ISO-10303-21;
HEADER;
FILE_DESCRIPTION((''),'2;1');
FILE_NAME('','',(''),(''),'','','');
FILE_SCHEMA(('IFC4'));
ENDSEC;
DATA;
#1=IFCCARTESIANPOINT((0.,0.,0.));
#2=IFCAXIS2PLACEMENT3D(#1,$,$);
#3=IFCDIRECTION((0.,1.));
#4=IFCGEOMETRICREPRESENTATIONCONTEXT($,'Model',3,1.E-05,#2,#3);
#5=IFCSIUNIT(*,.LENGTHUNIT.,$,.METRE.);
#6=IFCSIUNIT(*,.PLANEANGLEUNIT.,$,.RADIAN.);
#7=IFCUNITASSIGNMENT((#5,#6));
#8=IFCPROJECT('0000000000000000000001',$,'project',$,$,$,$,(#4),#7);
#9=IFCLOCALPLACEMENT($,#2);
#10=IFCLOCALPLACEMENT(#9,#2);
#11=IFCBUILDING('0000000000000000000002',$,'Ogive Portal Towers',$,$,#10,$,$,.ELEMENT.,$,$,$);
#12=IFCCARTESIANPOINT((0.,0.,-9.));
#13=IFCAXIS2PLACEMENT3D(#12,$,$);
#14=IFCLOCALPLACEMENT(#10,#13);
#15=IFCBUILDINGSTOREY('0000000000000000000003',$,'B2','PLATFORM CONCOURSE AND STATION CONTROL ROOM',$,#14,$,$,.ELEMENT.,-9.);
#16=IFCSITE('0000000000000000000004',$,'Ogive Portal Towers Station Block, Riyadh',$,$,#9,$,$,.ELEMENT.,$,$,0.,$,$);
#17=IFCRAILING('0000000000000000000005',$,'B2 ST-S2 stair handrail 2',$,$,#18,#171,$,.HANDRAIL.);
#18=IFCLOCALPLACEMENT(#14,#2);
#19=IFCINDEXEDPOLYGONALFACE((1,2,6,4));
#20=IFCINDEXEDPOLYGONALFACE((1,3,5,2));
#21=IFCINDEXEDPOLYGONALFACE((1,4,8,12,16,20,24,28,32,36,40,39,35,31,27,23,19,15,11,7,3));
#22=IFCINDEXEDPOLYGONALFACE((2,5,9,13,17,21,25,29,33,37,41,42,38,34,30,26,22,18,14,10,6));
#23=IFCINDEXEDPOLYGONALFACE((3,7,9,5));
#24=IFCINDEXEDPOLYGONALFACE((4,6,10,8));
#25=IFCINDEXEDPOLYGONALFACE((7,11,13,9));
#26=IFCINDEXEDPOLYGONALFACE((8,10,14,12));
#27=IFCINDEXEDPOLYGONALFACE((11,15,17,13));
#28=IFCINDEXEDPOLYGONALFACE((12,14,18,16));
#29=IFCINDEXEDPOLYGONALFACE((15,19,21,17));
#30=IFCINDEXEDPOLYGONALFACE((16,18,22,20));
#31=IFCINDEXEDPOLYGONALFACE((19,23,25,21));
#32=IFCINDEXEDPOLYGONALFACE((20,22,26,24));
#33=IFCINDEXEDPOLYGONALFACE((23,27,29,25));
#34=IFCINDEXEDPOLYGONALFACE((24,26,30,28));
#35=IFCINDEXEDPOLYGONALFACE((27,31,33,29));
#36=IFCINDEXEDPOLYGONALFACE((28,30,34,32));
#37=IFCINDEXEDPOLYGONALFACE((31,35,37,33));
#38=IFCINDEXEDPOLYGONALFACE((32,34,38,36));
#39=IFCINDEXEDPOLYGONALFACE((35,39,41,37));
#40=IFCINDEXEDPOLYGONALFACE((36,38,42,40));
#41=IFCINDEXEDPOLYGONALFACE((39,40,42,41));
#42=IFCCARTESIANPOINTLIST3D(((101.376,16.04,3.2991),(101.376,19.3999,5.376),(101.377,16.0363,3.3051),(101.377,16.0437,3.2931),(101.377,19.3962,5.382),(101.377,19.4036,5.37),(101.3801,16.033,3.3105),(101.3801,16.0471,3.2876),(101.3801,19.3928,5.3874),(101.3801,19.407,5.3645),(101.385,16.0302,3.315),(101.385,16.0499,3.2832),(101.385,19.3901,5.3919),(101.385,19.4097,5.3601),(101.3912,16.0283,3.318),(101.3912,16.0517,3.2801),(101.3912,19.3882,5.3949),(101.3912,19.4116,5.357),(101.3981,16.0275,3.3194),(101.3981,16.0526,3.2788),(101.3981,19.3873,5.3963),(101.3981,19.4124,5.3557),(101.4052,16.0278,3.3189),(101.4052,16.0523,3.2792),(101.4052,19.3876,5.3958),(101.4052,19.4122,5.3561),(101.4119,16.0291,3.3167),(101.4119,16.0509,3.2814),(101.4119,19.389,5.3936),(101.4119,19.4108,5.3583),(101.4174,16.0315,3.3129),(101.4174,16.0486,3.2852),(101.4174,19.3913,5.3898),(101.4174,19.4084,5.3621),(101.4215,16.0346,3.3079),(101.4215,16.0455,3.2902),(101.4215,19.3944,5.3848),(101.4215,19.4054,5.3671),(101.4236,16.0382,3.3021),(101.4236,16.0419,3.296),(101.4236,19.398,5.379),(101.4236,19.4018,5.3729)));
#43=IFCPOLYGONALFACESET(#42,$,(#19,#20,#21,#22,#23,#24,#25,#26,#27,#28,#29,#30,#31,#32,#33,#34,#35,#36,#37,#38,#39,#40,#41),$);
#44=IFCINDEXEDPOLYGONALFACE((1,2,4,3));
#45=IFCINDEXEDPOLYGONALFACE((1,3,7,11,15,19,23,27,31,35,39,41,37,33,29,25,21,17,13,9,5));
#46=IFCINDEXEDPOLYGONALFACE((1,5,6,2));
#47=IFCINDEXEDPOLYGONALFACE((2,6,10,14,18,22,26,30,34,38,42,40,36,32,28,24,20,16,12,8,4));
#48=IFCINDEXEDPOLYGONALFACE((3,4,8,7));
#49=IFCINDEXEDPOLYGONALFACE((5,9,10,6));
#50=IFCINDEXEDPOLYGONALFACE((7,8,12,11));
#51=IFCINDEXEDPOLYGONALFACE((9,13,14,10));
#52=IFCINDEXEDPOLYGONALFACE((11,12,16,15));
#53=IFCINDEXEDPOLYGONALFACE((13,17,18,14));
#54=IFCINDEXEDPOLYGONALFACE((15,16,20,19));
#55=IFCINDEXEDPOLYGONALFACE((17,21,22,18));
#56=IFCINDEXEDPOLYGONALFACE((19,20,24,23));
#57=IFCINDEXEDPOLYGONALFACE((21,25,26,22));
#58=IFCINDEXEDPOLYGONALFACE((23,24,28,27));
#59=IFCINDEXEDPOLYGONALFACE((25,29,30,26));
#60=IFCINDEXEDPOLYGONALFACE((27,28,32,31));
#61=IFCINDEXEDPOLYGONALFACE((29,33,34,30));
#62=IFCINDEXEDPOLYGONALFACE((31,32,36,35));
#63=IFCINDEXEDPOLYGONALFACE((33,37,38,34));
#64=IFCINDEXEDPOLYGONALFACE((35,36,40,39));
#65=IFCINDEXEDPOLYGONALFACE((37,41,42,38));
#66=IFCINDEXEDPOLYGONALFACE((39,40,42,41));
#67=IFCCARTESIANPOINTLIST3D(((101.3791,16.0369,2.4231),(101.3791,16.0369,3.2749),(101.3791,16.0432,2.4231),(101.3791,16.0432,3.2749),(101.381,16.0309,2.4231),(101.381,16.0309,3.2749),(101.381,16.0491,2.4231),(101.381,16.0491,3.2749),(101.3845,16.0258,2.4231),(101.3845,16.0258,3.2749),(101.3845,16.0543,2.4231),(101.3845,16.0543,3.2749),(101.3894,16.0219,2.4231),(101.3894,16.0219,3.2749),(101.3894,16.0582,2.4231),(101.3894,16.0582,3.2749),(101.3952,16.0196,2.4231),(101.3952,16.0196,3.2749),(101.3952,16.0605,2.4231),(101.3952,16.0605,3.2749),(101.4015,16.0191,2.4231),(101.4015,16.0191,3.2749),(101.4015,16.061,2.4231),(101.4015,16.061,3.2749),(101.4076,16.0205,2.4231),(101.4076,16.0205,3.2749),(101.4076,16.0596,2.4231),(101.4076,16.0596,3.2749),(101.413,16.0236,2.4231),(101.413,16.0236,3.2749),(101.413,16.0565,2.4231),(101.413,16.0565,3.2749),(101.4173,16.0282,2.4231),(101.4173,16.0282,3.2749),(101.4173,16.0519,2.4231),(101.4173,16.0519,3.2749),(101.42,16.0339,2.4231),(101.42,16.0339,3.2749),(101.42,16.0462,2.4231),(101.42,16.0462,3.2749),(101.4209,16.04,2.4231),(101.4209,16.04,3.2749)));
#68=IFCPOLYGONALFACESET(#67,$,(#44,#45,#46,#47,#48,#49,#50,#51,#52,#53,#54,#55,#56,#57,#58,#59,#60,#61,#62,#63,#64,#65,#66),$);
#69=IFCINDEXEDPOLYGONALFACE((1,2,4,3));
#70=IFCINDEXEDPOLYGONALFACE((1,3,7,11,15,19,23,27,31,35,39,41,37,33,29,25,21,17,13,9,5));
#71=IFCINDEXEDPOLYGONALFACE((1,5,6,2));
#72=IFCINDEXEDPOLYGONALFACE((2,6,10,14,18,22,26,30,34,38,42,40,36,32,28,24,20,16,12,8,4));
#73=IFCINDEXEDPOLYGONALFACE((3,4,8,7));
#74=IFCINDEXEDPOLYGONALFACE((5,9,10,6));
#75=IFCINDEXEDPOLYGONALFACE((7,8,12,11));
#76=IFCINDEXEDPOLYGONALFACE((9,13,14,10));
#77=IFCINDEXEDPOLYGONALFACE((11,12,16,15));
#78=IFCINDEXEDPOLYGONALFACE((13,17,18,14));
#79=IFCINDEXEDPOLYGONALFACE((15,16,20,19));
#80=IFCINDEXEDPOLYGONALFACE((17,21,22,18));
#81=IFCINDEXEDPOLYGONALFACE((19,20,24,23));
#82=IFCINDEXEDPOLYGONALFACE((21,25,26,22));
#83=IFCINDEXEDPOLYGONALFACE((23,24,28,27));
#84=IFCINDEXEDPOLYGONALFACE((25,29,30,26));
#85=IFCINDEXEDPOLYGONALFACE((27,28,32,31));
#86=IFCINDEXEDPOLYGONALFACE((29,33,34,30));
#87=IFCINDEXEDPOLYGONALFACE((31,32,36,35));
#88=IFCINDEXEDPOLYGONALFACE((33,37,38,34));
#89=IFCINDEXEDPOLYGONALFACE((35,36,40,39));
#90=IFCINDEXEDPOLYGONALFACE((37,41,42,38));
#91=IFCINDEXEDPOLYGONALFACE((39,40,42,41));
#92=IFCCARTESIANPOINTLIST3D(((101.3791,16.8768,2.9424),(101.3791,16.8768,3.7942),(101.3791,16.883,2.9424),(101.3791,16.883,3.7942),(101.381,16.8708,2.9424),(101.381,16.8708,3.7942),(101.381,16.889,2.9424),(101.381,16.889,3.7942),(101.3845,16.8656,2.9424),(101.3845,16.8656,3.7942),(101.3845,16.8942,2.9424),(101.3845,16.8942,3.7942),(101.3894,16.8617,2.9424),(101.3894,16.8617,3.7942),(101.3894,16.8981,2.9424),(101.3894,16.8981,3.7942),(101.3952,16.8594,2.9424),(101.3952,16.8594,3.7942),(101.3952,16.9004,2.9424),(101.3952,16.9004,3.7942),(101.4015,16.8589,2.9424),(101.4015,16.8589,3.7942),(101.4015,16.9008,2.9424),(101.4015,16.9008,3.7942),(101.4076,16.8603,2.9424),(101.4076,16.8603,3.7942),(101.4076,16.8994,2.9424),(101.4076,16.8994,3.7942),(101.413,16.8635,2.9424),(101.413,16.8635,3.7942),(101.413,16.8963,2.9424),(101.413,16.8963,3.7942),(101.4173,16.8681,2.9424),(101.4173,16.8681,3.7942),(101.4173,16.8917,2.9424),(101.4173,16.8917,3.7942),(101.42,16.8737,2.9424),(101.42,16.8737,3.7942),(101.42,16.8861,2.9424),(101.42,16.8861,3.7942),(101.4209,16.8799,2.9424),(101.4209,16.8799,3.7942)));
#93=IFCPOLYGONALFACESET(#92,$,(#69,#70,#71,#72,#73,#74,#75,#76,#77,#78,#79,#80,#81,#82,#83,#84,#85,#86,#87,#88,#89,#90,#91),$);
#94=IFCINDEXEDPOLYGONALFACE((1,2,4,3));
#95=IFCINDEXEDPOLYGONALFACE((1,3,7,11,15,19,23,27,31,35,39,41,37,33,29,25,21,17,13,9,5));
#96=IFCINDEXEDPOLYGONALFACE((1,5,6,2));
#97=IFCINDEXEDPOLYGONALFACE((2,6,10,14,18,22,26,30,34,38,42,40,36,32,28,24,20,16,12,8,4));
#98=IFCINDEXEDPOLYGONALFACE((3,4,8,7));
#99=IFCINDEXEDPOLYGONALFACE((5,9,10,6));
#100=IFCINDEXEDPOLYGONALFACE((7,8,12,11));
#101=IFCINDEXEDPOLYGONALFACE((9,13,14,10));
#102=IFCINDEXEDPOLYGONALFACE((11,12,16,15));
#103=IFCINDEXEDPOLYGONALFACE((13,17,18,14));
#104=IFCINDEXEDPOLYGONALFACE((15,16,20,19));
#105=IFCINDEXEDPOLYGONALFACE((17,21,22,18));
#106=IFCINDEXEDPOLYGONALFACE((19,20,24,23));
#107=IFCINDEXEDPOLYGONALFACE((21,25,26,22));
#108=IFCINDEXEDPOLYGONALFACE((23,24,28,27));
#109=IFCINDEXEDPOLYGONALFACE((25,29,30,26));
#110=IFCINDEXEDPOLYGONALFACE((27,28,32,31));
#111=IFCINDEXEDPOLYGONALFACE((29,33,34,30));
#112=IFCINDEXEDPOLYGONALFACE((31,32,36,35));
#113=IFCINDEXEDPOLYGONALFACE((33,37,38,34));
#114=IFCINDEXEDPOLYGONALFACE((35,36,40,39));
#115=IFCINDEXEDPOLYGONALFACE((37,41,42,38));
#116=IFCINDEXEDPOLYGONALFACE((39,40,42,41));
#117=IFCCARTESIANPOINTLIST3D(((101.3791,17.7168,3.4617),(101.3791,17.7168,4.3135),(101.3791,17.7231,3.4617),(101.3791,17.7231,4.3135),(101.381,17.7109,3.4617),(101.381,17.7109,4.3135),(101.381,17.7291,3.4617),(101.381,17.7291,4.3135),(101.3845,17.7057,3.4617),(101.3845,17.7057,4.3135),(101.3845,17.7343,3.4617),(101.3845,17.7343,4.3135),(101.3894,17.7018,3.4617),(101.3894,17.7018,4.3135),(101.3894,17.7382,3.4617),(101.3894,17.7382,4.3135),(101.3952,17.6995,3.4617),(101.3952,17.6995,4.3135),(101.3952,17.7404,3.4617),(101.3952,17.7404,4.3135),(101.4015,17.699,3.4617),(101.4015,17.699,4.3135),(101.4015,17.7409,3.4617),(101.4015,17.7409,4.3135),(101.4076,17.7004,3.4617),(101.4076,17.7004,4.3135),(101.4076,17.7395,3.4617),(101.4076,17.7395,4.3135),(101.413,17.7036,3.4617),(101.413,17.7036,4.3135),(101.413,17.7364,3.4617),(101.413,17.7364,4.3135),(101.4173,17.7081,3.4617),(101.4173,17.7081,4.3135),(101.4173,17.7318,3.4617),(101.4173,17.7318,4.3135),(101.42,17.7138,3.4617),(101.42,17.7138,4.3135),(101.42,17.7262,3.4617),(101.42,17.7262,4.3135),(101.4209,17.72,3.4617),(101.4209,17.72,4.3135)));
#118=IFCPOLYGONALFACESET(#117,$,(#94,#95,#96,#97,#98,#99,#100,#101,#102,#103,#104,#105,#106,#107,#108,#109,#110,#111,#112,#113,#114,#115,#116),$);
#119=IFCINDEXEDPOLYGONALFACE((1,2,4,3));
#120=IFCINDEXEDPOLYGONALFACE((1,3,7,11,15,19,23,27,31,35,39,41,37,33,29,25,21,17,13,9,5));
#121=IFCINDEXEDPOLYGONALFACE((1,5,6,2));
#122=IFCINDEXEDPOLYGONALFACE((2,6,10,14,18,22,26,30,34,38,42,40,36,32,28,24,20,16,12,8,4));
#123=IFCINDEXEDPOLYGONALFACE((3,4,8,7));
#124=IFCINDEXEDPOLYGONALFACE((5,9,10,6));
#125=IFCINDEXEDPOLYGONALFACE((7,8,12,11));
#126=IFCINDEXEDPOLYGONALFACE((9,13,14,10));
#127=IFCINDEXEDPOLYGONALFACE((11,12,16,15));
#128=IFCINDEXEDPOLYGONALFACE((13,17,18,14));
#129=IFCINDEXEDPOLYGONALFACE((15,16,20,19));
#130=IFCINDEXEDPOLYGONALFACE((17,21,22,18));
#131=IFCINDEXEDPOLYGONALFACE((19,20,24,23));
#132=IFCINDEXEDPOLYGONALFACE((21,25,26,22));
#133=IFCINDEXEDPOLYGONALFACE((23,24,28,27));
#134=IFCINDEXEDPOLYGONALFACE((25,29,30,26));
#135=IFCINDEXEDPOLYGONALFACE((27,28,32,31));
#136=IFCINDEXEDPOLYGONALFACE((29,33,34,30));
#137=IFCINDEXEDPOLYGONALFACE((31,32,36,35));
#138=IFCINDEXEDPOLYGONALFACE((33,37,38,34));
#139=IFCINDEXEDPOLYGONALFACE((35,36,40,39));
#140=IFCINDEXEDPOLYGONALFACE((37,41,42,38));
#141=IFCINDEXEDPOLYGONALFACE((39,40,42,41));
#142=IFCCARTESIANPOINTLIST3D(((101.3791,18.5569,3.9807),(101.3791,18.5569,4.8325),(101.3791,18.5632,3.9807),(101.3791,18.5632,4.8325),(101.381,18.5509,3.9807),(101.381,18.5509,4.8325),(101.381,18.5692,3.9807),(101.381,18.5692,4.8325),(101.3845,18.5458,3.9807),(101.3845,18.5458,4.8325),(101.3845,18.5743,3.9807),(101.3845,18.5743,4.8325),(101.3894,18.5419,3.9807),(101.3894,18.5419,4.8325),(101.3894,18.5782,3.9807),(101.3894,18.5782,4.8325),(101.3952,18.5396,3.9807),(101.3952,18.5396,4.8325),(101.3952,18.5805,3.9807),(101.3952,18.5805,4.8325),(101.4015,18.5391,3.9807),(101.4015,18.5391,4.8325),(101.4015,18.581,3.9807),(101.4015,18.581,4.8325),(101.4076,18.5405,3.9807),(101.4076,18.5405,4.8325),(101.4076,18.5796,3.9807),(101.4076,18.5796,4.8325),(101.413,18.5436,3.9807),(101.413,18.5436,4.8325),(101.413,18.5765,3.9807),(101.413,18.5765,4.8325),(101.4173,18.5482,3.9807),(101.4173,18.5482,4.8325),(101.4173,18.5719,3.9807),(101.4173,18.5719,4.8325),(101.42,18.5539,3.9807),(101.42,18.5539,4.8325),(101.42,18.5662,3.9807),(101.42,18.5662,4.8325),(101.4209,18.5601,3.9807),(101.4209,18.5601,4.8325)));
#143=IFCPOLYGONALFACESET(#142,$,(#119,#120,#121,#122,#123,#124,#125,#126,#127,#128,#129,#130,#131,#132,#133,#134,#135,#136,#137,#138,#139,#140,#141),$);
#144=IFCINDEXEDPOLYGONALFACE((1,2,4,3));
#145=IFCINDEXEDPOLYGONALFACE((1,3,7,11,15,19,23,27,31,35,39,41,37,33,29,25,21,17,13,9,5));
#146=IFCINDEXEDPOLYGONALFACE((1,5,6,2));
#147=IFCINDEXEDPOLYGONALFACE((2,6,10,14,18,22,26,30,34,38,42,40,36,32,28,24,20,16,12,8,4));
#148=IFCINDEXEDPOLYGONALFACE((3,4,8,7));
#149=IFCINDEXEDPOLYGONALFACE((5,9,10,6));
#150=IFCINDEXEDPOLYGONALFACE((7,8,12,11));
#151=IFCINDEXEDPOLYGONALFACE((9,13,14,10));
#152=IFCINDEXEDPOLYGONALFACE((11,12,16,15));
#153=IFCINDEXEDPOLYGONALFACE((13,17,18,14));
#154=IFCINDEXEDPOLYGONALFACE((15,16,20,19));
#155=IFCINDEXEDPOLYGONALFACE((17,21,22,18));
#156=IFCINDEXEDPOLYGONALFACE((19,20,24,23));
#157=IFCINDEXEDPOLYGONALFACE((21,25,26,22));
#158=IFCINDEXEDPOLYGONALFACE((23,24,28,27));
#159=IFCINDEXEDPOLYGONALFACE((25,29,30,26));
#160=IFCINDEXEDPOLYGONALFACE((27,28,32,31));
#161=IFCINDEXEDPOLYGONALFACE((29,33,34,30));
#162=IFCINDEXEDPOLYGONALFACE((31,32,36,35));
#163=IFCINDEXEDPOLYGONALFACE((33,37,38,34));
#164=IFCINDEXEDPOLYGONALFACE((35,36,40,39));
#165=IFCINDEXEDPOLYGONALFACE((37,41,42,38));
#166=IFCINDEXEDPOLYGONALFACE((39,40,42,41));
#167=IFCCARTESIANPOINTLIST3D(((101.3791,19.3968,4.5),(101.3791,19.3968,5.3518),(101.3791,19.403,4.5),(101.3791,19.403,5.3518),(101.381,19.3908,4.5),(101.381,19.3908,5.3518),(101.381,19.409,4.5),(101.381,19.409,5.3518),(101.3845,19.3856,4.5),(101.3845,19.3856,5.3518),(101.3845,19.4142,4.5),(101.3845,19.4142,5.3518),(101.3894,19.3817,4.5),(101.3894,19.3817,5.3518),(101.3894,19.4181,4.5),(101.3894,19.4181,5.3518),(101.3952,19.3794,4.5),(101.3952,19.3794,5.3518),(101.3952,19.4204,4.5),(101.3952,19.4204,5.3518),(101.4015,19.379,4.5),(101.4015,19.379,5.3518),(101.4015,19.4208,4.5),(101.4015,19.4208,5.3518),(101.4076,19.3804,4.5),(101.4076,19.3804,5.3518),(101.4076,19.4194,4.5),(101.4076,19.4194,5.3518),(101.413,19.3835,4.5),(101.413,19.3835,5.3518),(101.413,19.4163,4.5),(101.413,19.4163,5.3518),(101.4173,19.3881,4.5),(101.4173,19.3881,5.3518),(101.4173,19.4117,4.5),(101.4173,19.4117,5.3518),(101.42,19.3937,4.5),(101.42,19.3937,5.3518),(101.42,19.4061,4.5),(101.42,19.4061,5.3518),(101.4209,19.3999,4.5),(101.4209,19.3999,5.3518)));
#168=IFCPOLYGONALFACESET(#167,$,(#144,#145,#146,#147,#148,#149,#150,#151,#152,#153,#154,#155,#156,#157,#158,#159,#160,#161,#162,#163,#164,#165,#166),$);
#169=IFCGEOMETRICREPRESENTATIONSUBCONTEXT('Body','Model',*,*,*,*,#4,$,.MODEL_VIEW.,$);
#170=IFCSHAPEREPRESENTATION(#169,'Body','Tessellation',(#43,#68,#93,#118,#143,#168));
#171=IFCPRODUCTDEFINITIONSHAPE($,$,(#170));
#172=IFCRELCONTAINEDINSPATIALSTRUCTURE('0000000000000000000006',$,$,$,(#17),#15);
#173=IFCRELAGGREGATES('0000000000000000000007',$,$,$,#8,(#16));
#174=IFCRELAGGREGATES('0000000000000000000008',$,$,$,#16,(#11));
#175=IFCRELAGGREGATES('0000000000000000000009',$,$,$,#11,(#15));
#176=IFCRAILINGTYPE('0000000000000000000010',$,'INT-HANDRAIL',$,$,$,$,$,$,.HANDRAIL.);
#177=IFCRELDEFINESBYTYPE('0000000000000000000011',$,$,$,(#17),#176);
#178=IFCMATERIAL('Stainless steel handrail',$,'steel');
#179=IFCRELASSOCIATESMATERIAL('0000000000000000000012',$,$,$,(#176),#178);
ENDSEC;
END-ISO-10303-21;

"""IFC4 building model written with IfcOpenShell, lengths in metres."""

from ifc_helpers import new_model, si_unit, direction, frame, origin, origin_2d, place, context, subcontext, project, spatial, circle, extrude, material, type_object, element, save


model = new_model("IFC4")

# Units and contexts
model_context = context("Model", 3, precision=1e-05, world=origin(), true_north=direction((0.0, 1.0)))
body_context = subcontext(model_context, "Body", "Model", "MODEL_VIEW")
ifc_project = project(units=[si_unit("LENGTHUNIT", "METRE"), si_unit("PLANEANGLEUNIT", "RADIAN")], contexts=[model_context])

# Site, building, storey
site_placement = place(None, origin())
site = spatial("IfcSite", under=ifc_project, at=site_placement, Name="Ogive Portal Towers Station Block, Riyadh", CompositionType="ELEMENT", RefElevation=0.0)
building_placement = place(site_placement, origin())
building = spatial("IfcBuilding", under=site, at=building_placement, Name="Ogive Portal Towers", CompositionType="ELEMENT")
storey_placement = place(building_placement, frame((0.0, 0.0, -9.0)))
storey = spatial("IfcBuildingStorey", under=building, at=storey_placement, Name="B2", Description="PLATFORM CONCOURSE AND STATION CONTROL ROOM", CompositionType="ELEMENT", Elevation=-9.0)

# Railing
ifc_material_1 = material(Name="Stainless steel handrail", Category="steel")
railing_type_1 = type_object("IfcRailingType", Name="INT-HANDRAIL", PredefinedType="HANDRAIL", material=ifc_material_1)
railing_1_placement = place(storey_placement, frame((101.3999, 16.04, 2.4231)))
element("IfcRailing", 1, at=railing_1_placement, inside=storey, type_object=railing_type_1, Name="B2 ST-S2 stair handrail 2", PredefinedType="HANDRAIL", context=body_context, shape_type="SweptSolid", body=[
    extrude(circle(Radius=0.0239, at=origin_2d()), frame((0.0, 0.0, 0.876), z_axis=(0.0, 0.850606, 0.525803), x_axis=(-1.0, 0.0, 0.0)), (0.0, 0.0, 1.0), 3.95),
    extrude(circle(Radius=0.021, at=origin_2d()), origin(), (0.0, 0.0, 1.0), 0.8518),
    extrude(circle(Radius=0.021, at=origin_2d()), frame((0.0, 0.8398, 0.5193)), (0.0, 0.0, 1.0), 0.8518),
    extrude(circle(Radius=0.021, at=origin_2d()), frame((0.0, 1.6799, 1.0386)), (0.0, 0.0, 1.0), 0.8518),
    extrude(circle(Radius=0.021, at=origin_2d()), frame((0.0, 2.52, 1.5576)), (0.0, 0.0, 1.0), 0.8518),
    extrude(circle(Radius=0.021, at=origin_2d()), frame((0.0, 3.3599, 2.0769)), (0.0, 0.0, 1.0), 0.8518),
])

save(model, "model.ifc")
